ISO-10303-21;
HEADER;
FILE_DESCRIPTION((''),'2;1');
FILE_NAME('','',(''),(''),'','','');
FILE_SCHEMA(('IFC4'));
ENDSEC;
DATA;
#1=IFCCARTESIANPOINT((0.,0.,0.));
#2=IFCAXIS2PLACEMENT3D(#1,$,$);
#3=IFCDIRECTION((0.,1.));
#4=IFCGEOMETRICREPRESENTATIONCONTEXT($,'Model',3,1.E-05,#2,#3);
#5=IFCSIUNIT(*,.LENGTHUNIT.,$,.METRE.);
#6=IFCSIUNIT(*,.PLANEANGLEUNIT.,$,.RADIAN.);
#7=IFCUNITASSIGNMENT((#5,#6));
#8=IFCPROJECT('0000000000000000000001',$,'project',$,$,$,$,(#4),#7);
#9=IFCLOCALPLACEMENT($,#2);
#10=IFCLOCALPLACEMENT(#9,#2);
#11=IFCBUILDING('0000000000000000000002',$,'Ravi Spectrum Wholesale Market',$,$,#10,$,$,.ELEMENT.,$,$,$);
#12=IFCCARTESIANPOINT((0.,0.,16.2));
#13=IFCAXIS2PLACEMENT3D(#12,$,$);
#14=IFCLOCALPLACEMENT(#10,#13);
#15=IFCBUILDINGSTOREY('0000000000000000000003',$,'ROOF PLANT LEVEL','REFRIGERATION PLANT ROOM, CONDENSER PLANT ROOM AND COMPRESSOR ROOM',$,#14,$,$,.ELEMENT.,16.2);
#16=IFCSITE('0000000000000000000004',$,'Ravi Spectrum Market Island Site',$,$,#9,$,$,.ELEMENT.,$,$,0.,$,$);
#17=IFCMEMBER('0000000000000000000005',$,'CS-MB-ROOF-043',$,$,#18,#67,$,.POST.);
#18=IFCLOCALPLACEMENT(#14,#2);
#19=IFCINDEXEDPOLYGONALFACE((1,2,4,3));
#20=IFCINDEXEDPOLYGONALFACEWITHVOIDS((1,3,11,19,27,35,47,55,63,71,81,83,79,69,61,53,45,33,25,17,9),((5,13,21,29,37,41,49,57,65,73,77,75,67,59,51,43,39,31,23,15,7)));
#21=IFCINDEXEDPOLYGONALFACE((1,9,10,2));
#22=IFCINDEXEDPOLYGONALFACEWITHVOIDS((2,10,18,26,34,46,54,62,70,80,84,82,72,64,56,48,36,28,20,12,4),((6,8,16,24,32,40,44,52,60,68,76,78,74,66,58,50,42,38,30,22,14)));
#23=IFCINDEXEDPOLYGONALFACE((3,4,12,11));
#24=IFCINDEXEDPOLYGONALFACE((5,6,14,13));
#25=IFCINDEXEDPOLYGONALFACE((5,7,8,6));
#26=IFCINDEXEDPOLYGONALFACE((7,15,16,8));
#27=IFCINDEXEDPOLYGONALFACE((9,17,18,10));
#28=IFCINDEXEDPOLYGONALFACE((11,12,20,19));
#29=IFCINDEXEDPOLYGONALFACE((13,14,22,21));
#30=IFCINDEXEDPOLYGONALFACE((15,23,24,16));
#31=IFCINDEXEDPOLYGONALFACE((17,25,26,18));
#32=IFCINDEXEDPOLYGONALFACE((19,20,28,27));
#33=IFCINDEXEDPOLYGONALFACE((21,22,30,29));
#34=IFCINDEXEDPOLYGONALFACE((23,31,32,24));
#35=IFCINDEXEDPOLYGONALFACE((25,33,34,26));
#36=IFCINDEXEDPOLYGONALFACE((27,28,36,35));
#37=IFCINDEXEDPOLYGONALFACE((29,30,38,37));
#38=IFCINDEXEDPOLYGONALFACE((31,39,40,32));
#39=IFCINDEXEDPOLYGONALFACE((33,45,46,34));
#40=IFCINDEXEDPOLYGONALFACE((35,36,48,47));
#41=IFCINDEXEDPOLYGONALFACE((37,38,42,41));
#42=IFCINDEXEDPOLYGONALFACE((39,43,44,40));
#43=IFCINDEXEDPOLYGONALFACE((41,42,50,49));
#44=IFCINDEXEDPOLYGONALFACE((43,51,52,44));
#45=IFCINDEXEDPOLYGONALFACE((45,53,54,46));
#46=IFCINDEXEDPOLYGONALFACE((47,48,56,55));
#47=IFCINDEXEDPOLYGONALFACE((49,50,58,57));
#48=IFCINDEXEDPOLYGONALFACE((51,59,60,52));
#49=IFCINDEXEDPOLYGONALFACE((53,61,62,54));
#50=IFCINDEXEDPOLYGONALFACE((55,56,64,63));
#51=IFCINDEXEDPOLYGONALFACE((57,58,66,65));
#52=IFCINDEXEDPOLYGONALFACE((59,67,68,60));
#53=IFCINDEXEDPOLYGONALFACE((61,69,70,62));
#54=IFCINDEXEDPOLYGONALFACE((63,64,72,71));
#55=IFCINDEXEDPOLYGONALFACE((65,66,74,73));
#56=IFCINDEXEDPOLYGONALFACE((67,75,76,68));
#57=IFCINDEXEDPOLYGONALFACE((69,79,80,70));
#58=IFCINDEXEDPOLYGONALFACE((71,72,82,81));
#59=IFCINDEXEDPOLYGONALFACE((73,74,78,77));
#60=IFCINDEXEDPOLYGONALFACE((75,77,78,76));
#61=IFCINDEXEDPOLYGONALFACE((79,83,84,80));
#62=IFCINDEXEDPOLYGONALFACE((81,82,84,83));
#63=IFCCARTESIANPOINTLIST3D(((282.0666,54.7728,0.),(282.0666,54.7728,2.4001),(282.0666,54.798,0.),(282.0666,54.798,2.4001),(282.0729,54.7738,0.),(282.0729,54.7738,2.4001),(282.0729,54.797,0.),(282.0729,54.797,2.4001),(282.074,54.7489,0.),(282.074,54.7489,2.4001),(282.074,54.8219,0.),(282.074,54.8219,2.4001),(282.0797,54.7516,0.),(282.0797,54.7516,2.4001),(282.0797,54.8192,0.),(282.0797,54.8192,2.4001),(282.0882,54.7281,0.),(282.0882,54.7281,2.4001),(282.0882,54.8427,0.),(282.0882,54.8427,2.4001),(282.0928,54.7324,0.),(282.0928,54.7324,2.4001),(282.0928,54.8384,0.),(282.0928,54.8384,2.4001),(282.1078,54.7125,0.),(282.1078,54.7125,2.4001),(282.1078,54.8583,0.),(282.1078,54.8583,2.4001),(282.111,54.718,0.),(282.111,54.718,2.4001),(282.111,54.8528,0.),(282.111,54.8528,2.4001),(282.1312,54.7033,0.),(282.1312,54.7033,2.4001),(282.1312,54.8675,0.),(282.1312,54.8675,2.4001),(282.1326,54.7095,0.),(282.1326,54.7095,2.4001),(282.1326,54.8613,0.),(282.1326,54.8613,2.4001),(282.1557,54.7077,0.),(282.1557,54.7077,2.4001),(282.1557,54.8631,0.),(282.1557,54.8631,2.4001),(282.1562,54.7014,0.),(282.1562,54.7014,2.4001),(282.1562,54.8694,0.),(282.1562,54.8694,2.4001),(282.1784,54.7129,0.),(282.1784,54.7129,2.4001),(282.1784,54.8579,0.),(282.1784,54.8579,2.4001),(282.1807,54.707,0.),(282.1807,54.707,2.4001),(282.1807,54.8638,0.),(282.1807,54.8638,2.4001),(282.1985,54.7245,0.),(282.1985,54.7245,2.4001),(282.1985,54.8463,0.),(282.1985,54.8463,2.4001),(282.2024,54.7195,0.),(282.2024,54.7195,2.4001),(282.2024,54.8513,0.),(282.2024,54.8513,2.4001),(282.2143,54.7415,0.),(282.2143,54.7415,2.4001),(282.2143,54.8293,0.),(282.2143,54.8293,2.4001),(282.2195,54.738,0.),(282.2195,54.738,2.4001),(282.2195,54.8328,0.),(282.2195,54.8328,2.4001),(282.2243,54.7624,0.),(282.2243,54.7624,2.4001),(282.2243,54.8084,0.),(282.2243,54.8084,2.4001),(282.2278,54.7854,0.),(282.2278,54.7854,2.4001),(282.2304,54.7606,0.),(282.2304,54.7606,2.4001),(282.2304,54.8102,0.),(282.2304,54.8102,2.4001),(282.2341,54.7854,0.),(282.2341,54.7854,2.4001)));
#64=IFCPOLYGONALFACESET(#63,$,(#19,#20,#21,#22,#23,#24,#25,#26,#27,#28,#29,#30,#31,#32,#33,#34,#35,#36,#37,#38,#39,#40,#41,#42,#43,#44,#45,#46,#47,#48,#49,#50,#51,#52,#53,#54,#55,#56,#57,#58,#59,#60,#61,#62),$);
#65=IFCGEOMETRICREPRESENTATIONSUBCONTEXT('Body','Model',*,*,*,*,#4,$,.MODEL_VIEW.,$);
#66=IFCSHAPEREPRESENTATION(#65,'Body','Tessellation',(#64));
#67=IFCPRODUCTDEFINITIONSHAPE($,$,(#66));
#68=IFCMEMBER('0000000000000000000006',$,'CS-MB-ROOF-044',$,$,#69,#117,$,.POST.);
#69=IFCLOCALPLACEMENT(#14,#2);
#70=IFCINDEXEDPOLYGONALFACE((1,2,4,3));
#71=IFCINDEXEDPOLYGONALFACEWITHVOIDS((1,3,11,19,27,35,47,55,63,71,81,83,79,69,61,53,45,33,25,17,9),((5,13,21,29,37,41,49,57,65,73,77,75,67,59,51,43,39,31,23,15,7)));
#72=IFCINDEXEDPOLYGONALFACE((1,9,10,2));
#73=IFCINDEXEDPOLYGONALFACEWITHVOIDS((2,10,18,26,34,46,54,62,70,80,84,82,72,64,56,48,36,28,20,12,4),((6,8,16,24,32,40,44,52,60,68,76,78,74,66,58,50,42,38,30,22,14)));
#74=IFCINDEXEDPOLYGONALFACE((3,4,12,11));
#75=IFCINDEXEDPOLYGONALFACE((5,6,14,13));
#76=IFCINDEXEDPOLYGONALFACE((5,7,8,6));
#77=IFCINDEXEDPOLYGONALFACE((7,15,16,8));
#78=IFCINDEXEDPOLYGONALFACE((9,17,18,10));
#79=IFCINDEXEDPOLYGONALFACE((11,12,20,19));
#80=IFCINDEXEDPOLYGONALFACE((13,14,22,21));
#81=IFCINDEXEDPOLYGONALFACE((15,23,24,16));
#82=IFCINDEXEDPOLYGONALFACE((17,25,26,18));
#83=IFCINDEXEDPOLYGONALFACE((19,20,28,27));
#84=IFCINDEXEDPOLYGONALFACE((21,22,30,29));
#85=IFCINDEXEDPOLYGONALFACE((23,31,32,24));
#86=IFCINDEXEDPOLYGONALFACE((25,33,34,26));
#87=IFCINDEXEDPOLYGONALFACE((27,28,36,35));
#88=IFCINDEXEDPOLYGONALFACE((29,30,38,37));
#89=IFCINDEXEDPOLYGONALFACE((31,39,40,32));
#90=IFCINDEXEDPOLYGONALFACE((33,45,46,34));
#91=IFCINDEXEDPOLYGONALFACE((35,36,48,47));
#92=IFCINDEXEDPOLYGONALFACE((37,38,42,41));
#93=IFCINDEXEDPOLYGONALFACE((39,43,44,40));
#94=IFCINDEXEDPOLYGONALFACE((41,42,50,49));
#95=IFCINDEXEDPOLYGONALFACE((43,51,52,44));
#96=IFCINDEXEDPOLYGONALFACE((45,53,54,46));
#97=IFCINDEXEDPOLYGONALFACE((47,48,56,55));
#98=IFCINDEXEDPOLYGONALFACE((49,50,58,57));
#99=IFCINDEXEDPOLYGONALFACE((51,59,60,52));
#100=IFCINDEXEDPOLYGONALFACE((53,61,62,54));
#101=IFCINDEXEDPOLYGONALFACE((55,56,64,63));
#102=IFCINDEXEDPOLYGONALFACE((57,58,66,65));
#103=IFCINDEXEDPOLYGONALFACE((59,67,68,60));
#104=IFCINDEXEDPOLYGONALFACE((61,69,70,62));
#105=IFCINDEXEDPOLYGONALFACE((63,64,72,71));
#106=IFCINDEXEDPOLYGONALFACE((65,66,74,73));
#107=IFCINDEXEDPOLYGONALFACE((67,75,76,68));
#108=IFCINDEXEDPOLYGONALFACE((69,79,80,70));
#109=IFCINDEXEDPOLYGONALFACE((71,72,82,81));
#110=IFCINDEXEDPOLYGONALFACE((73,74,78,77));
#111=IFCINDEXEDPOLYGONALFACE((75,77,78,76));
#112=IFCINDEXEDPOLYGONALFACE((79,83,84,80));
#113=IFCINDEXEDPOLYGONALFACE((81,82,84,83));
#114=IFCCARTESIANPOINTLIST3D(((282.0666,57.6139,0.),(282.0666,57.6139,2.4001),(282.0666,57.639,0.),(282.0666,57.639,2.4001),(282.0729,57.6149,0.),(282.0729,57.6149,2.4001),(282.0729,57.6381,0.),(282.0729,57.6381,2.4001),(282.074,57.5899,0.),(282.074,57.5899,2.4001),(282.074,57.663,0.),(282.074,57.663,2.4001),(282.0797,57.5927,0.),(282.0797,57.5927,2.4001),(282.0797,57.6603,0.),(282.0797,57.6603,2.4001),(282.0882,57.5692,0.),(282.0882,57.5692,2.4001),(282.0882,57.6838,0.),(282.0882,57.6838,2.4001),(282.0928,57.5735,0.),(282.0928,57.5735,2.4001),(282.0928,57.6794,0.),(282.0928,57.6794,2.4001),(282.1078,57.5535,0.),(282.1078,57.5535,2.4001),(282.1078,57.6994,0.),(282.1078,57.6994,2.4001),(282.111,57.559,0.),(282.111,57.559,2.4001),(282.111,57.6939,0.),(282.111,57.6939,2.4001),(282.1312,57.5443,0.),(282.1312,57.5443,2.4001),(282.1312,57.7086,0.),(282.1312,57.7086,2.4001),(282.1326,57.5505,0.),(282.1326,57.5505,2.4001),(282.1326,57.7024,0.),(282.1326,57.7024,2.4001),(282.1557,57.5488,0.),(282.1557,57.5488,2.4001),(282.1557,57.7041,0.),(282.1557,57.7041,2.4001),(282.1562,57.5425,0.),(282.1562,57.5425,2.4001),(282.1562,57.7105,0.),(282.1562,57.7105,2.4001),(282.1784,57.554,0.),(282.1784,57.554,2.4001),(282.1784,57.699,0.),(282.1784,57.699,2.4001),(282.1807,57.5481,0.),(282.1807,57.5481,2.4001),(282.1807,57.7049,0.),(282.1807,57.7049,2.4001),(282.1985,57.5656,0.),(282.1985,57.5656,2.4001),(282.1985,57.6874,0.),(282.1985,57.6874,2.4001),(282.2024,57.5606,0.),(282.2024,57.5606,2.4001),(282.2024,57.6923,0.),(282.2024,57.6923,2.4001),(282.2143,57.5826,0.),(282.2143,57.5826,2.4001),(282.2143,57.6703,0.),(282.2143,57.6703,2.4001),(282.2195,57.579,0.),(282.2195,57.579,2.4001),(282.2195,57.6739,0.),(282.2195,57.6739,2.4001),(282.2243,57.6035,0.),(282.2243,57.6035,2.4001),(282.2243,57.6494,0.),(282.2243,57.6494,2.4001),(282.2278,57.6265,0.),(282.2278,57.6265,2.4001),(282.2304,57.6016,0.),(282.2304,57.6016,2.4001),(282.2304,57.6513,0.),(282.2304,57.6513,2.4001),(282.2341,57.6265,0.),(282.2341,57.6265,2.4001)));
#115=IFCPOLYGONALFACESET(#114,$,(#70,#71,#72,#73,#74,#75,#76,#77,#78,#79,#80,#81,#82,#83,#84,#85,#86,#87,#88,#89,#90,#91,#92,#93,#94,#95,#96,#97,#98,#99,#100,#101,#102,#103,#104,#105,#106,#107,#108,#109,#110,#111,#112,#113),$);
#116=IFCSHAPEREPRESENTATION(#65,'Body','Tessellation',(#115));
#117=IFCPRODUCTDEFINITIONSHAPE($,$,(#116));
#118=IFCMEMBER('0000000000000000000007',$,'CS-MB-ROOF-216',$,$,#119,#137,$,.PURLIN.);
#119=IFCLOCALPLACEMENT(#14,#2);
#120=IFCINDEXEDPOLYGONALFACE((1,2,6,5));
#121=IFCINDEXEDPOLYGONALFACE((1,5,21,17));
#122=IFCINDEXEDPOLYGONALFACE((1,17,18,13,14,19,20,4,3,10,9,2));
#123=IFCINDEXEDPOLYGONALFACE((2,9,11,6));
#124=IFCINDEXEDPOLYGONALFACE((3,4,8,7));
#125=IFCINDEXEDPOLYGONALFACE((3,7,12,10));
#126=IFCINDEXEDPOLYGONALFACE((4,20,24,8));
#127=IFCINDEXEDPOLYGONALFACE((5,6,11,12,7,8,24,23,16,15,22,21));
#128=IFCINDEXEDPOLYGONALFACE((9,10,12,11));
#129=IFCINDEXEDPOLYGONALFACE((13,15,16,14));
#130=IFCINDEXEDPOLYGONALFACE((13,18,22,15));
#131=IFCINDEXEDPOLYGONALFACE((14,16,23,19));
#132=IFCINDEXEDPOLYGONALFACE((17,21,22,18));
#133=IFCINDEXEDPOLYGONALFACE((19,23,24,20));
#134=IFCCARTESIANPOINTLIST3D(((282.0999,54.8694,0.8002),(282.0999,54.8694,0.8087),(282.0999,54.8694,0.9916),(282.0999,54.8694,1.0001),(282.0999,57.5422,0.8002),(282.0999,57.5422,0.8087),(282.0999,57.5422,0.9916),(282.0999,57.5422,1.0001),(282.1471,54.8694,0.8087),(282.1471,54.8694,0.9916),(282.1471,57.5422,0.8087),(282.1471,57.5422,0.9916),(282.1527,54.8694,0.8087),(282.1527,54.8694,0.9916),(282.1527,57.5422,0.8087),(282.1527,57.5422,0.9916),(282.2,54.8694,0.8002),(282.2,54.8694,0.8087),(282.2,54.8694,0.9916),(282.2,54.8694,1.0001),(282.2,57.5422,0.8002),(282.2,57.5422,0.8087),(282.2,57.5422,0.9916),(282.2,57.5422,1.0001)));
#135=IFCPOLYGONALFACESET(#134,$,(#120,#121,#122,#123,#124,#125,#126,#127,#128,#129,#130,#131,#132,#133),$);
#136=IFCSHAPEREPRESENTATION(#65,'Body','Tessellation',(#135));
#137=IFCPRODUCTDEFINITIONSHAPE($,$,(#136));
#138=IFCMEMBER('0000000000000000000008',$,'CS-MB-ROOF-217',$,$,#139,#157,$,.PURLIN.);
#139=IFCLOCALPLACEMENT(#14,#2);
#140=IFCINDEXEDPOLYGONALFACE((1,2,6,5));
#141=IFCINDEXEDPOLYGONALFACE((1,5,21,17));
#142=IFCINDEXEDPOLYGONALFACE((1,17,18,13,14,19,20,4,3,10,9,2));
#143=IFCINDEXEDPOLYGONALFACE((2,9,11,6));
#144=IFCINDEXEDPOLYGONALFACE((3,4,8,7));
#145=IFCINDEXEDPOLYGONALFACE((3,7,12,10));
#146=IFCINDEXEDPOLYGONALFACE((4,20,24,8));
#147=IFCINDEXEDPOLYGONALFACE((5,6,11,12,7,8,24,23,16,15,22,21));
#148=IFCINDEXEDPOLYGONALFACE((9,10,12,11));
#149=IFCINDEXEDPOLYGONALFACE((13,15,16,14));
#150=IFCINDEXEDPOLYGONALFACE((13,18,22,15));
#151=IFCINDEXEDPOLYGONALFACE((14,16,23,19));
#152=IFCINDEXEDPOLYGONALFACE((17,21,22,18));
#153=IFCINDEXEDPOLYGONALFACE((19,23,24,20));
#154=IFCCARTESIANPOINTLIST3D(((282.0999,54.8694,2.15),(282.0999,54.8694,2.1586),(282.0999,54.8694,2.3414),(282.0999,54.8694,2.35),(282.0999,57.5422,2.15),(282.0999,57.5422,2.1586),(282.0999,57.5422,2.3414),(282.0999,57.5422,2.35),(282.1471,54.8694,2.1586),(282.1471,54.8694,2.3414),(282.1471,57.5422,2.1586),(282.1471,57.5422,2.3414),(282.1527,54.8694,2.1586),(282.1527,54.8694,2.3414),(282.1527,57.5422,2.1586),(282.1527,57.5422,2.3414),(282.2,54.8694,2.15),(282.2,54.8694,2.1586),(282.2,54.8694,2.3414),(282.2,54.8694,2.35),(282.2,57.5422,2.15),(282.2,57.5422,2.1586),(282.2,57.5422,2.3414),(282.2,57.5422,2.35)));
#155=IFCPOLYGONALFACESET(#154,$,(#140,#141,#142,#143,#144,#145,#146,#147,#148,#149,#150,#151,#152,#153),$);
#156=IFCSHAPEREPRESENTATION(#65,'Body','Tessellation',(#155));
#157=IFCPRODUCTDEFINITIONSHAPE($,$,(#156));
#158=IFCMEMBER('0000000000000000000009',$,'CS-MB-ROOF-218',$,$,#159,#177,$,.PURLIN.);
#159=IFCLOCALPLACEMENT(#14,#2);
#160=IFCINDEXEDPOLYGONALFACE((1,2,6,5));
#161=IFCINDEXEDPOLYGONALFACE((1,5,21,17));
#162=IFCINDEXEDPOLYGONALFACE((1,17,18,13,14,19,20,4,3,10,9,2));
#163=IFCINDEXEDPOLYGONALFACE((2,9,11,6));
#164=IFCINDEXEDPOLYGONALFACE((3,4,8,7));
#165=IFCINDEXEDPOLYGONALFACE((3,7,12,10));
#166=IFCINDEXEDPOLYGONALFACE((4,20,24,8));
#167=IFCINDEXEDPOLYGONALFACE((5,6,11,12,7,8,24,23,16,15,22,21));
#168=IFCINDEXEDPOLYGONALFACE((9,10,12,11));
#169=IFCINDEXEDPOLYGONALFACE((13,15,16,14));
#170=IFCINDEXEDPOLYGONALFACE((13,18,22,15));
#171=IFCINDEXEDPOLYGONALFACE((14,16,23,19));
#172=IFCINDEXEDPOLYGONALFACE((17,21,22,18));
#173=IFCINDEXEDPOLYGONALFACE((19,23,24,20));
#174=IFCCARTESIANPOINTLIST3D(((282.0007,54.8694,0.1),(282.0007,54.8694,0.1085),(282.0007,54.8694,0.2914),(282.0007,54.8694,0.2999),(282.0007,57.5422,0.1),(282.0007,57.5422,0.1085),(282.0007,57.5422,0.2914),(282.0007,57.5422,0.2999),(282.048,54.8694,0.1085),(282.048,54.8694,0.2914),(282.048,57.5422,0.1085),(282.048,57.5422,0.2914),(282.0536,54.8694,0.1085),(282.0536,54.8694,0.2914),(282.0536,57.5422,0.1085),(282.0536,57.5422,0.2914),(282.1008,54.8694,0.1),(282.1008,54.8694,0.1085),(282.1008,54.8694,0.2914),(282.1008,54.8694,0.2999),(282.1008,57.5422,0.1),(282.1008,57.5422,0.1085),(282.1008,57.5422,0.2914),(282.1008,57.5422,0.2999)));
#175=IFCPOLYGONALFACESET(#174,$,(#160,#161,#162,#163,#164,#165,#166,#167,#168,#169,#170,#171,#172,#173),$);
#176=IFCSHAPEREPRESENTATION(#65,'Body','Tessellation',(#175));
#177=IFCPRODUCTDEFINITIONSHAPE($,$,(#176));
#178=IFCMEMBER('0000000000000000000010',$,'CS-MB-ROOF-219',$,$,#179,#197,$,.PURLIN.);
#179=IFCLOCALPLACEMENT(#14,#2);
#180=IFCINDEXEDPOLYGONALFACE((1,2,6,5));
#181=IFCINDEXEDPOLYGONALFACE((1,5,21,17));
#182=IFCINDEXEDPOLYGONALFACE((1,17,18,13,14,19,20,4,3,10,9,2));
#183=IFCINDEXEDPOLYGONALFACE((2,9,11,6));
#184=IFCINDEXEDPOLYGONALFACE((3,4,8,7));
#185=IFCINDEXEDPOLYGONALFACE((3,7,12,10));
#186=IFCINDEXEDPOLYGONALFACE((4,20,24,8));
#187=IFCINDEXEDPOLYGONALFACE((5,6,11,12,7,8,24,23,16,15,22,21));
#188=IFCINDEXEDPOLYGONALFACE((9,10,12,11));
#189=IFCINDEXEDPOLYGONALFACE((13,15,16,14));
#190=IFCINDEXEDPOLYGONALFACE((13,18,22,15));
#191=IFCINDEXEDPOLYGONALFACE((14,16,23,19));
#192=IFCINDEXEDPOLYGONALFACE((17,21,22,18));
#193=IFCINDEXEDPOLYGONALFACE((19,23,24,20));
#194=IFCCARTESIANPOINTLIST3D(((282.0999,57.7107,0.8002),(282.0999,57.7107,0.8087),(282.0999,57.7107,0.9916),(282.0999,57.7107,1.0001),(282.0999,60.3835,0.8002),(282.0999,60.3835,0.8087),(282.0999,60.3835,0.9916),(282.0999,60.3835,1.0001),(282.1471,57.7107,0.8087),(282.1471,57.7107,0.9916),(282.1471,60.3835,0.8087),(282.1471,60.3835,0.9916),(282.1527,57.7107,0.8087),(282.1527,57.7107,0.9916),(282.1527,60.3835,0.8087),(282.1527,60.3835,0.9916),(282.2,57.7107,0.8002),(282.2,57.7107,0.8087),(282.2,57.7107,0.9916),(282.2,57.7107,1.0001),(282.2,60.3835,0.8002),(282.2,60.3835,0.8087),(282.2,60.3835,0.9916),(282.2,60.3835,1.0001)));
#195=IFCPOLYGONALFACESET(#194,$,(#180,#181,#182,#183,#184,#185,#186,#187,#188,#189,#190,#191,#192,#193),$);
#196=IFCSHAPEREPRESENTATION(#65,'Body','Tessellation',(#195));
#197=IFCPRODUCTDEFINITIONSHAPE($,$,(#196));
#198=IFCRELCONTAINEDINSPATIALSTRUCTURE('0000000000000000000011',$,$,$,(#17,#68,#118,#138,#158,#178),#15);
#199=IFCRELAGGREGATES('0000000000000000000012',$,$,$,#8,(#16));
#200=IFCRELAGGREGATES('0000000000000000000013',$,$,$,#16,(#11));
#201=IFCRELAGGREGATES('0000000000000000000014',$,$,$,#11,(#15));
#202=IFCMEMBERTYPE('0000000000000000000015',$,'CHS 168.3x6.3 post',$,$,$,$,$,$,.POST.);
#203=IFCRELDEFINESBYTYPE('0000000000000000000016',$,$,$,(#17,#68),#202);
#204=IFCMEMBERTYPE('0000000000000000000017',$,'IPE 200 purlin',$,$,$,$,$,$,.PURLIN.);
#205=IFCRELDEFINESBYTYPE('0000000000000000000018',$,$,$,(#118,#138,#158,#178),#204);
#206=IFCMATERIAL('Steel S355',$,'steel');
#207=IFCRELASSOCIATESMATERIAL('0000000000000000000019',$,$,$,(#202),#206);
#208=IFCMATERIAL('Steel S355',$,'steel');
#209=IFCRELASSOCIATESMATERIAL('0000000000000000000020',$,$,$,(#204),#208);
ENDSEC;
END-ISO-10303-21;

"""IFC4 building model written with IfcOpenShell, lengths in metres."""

from ifc_helpers import new_model, si_unit, direction, frame, origin, origin_2d, place, context, subcontext, project, spatial, hollow_circle, i_section, extrude, material, material_profile, profile_set, type_object, element, save


model = new_model("IFC4")

# Units and contexts
model_context = context("Model", 3, precision=1e-05, world=origin(), true_north=direction((0.0, 1.0)))
body_context = subcontext(model_context, "Body", "Model", "MODEL_VIEW")
ifc_project = project(units=[si_unit("LENGTHUNIT", "METRE"), si_unit("PLANEANGLEUNIT", "RADIAN")], contexts=[model_context])

# Site, building, storey
site_placement = place(None, origin())
site = spatial("IfcSite", under=ifc_project, at=site_placement, Name="Ravi Spectrum Market Island Site", CompositionType="ELEMENT", RefElevation=0.0)
building_placement = place(site_placement, origin())
building = spatial("IfcBuilding", under=site, at=building_placement, Name="Ravi Spectrum Wholesale Market", CompositionType="ELEMENT")
storey_placement = place(building_placement, frame((0.0, 0.0, 16.2)))
storey = spatial("IfcBuildingStorey", under=building, at=storey_placement, Name="ROOF PLANT LEVEL", Description="REFRIGERATION PLANT ROOM, CONDENSER PLANT ROOM AND COMPRESSOR ROOM", CompositionType="ELEMENT", Elevation=16.2)

# Members
ifc_material_1 = material(Name="Steel S355", Category="steel")
ifc_material_profile_1 = material_profile(ifc_material_1, hollow_circle(Radius=0.0842, WallThickness=0.0063, at=origin_2d()))
ifc_profile_set_1 = profile_set([ifc_material_profile_1], Name="Steel S355")
member_type_1 = type_object("IfcMemberType", Name="CHS 168.3x6.3 post", PredefinedType="POST", material=ifc_profile_set_1)
for number, where, z_axis, x_axis, name in (
    (1, (282.1499, 54.7854, 0.0), (0.0, 0.0, 1.0), (1.0, 0.0, 0.0), "CS-MB-ROOF-043"),
    (2, (282.1499, 57.6265, 0.0), (0.0, 0.0, 1.0), (1.0, 0.0, 0.0), "CS-MB-ROOF-044"),
):
    element("IfcMember", number, at=place(storey_placement, frame(where, z_axis=z_axis, x_axis=x_axis)), inside=storey, type_object=member_type_1, Name=name, PredefinedType="POST", context=body_context, shape_type="SweptSolid", body=[
        extrude(hollow_circle(Radius=0.0842, WallThickness=0.0063, at=origin_2d()), origin(), (0.0, 0.0, 1.0), 2.4001),
    ])
ifc_material_2 = material(Name="Steel S355", Category="steel")
ifc_material_profile_2 = material_profile(ifc_material_2, i_section(OverallWidth=0.1001, OverallDepth=0.2, WebThickness=0.0056, FlangeThickness=0.0085, at=origin_2d()))
ifc_profile_set_2 = profile_set([ifc_material_profile_2], Name="Steel S355")
member_type_2 = type_object("IfcMemberType", Name="IPE 200 purlin", PredefinedType="PURLIN", material=ifc_profile_set_2)
for number, where, z_axis, x_axis, name in (
    (3, (282.1499, 54.8694, 0.9001), (0.0, 1.0, 0.0), (-1.0, 0.0, 0.0), "CS-MB-ROOF-216"),
    (4, (282.1499, 54.8694, 2.25), (0.0, 1.0, 0.0), (-1.0, 0.0, 0.0), "CS-MB-ROOF-217"),
    (5, (282.0508, 54.8694, 0.2), (0.0, 1.0, 0.0), (-1.0, 0.0, 0.0), "CS-MB-ROOF-218"),
    (6, (282.1499, 57.7107, 0.9001), (0.0, 1.0, 0.0), (-1.0, 0.0, 0.0), "CS-MB-ROOF-219"),
):
    element("IfcMember", number, at=place(storey_placement, frame(where, z_axis=z_axis, x_axis=x_axis)), inside=storey, type_object=member_type_2, Name=name, PredefinedType="PURLIN", context=body_context, shape_type="SweptSolid", body=[
        extrude(i_section(OverallWidth=0.1001, OverallDepth=0.2, WebThickness=0.0056, FlangeThickness=0.0085, at=origin_2d()), origin(), (0.0, 0.0, 1.0), 2.6729),
    ])

save(model, "model.ifc")
